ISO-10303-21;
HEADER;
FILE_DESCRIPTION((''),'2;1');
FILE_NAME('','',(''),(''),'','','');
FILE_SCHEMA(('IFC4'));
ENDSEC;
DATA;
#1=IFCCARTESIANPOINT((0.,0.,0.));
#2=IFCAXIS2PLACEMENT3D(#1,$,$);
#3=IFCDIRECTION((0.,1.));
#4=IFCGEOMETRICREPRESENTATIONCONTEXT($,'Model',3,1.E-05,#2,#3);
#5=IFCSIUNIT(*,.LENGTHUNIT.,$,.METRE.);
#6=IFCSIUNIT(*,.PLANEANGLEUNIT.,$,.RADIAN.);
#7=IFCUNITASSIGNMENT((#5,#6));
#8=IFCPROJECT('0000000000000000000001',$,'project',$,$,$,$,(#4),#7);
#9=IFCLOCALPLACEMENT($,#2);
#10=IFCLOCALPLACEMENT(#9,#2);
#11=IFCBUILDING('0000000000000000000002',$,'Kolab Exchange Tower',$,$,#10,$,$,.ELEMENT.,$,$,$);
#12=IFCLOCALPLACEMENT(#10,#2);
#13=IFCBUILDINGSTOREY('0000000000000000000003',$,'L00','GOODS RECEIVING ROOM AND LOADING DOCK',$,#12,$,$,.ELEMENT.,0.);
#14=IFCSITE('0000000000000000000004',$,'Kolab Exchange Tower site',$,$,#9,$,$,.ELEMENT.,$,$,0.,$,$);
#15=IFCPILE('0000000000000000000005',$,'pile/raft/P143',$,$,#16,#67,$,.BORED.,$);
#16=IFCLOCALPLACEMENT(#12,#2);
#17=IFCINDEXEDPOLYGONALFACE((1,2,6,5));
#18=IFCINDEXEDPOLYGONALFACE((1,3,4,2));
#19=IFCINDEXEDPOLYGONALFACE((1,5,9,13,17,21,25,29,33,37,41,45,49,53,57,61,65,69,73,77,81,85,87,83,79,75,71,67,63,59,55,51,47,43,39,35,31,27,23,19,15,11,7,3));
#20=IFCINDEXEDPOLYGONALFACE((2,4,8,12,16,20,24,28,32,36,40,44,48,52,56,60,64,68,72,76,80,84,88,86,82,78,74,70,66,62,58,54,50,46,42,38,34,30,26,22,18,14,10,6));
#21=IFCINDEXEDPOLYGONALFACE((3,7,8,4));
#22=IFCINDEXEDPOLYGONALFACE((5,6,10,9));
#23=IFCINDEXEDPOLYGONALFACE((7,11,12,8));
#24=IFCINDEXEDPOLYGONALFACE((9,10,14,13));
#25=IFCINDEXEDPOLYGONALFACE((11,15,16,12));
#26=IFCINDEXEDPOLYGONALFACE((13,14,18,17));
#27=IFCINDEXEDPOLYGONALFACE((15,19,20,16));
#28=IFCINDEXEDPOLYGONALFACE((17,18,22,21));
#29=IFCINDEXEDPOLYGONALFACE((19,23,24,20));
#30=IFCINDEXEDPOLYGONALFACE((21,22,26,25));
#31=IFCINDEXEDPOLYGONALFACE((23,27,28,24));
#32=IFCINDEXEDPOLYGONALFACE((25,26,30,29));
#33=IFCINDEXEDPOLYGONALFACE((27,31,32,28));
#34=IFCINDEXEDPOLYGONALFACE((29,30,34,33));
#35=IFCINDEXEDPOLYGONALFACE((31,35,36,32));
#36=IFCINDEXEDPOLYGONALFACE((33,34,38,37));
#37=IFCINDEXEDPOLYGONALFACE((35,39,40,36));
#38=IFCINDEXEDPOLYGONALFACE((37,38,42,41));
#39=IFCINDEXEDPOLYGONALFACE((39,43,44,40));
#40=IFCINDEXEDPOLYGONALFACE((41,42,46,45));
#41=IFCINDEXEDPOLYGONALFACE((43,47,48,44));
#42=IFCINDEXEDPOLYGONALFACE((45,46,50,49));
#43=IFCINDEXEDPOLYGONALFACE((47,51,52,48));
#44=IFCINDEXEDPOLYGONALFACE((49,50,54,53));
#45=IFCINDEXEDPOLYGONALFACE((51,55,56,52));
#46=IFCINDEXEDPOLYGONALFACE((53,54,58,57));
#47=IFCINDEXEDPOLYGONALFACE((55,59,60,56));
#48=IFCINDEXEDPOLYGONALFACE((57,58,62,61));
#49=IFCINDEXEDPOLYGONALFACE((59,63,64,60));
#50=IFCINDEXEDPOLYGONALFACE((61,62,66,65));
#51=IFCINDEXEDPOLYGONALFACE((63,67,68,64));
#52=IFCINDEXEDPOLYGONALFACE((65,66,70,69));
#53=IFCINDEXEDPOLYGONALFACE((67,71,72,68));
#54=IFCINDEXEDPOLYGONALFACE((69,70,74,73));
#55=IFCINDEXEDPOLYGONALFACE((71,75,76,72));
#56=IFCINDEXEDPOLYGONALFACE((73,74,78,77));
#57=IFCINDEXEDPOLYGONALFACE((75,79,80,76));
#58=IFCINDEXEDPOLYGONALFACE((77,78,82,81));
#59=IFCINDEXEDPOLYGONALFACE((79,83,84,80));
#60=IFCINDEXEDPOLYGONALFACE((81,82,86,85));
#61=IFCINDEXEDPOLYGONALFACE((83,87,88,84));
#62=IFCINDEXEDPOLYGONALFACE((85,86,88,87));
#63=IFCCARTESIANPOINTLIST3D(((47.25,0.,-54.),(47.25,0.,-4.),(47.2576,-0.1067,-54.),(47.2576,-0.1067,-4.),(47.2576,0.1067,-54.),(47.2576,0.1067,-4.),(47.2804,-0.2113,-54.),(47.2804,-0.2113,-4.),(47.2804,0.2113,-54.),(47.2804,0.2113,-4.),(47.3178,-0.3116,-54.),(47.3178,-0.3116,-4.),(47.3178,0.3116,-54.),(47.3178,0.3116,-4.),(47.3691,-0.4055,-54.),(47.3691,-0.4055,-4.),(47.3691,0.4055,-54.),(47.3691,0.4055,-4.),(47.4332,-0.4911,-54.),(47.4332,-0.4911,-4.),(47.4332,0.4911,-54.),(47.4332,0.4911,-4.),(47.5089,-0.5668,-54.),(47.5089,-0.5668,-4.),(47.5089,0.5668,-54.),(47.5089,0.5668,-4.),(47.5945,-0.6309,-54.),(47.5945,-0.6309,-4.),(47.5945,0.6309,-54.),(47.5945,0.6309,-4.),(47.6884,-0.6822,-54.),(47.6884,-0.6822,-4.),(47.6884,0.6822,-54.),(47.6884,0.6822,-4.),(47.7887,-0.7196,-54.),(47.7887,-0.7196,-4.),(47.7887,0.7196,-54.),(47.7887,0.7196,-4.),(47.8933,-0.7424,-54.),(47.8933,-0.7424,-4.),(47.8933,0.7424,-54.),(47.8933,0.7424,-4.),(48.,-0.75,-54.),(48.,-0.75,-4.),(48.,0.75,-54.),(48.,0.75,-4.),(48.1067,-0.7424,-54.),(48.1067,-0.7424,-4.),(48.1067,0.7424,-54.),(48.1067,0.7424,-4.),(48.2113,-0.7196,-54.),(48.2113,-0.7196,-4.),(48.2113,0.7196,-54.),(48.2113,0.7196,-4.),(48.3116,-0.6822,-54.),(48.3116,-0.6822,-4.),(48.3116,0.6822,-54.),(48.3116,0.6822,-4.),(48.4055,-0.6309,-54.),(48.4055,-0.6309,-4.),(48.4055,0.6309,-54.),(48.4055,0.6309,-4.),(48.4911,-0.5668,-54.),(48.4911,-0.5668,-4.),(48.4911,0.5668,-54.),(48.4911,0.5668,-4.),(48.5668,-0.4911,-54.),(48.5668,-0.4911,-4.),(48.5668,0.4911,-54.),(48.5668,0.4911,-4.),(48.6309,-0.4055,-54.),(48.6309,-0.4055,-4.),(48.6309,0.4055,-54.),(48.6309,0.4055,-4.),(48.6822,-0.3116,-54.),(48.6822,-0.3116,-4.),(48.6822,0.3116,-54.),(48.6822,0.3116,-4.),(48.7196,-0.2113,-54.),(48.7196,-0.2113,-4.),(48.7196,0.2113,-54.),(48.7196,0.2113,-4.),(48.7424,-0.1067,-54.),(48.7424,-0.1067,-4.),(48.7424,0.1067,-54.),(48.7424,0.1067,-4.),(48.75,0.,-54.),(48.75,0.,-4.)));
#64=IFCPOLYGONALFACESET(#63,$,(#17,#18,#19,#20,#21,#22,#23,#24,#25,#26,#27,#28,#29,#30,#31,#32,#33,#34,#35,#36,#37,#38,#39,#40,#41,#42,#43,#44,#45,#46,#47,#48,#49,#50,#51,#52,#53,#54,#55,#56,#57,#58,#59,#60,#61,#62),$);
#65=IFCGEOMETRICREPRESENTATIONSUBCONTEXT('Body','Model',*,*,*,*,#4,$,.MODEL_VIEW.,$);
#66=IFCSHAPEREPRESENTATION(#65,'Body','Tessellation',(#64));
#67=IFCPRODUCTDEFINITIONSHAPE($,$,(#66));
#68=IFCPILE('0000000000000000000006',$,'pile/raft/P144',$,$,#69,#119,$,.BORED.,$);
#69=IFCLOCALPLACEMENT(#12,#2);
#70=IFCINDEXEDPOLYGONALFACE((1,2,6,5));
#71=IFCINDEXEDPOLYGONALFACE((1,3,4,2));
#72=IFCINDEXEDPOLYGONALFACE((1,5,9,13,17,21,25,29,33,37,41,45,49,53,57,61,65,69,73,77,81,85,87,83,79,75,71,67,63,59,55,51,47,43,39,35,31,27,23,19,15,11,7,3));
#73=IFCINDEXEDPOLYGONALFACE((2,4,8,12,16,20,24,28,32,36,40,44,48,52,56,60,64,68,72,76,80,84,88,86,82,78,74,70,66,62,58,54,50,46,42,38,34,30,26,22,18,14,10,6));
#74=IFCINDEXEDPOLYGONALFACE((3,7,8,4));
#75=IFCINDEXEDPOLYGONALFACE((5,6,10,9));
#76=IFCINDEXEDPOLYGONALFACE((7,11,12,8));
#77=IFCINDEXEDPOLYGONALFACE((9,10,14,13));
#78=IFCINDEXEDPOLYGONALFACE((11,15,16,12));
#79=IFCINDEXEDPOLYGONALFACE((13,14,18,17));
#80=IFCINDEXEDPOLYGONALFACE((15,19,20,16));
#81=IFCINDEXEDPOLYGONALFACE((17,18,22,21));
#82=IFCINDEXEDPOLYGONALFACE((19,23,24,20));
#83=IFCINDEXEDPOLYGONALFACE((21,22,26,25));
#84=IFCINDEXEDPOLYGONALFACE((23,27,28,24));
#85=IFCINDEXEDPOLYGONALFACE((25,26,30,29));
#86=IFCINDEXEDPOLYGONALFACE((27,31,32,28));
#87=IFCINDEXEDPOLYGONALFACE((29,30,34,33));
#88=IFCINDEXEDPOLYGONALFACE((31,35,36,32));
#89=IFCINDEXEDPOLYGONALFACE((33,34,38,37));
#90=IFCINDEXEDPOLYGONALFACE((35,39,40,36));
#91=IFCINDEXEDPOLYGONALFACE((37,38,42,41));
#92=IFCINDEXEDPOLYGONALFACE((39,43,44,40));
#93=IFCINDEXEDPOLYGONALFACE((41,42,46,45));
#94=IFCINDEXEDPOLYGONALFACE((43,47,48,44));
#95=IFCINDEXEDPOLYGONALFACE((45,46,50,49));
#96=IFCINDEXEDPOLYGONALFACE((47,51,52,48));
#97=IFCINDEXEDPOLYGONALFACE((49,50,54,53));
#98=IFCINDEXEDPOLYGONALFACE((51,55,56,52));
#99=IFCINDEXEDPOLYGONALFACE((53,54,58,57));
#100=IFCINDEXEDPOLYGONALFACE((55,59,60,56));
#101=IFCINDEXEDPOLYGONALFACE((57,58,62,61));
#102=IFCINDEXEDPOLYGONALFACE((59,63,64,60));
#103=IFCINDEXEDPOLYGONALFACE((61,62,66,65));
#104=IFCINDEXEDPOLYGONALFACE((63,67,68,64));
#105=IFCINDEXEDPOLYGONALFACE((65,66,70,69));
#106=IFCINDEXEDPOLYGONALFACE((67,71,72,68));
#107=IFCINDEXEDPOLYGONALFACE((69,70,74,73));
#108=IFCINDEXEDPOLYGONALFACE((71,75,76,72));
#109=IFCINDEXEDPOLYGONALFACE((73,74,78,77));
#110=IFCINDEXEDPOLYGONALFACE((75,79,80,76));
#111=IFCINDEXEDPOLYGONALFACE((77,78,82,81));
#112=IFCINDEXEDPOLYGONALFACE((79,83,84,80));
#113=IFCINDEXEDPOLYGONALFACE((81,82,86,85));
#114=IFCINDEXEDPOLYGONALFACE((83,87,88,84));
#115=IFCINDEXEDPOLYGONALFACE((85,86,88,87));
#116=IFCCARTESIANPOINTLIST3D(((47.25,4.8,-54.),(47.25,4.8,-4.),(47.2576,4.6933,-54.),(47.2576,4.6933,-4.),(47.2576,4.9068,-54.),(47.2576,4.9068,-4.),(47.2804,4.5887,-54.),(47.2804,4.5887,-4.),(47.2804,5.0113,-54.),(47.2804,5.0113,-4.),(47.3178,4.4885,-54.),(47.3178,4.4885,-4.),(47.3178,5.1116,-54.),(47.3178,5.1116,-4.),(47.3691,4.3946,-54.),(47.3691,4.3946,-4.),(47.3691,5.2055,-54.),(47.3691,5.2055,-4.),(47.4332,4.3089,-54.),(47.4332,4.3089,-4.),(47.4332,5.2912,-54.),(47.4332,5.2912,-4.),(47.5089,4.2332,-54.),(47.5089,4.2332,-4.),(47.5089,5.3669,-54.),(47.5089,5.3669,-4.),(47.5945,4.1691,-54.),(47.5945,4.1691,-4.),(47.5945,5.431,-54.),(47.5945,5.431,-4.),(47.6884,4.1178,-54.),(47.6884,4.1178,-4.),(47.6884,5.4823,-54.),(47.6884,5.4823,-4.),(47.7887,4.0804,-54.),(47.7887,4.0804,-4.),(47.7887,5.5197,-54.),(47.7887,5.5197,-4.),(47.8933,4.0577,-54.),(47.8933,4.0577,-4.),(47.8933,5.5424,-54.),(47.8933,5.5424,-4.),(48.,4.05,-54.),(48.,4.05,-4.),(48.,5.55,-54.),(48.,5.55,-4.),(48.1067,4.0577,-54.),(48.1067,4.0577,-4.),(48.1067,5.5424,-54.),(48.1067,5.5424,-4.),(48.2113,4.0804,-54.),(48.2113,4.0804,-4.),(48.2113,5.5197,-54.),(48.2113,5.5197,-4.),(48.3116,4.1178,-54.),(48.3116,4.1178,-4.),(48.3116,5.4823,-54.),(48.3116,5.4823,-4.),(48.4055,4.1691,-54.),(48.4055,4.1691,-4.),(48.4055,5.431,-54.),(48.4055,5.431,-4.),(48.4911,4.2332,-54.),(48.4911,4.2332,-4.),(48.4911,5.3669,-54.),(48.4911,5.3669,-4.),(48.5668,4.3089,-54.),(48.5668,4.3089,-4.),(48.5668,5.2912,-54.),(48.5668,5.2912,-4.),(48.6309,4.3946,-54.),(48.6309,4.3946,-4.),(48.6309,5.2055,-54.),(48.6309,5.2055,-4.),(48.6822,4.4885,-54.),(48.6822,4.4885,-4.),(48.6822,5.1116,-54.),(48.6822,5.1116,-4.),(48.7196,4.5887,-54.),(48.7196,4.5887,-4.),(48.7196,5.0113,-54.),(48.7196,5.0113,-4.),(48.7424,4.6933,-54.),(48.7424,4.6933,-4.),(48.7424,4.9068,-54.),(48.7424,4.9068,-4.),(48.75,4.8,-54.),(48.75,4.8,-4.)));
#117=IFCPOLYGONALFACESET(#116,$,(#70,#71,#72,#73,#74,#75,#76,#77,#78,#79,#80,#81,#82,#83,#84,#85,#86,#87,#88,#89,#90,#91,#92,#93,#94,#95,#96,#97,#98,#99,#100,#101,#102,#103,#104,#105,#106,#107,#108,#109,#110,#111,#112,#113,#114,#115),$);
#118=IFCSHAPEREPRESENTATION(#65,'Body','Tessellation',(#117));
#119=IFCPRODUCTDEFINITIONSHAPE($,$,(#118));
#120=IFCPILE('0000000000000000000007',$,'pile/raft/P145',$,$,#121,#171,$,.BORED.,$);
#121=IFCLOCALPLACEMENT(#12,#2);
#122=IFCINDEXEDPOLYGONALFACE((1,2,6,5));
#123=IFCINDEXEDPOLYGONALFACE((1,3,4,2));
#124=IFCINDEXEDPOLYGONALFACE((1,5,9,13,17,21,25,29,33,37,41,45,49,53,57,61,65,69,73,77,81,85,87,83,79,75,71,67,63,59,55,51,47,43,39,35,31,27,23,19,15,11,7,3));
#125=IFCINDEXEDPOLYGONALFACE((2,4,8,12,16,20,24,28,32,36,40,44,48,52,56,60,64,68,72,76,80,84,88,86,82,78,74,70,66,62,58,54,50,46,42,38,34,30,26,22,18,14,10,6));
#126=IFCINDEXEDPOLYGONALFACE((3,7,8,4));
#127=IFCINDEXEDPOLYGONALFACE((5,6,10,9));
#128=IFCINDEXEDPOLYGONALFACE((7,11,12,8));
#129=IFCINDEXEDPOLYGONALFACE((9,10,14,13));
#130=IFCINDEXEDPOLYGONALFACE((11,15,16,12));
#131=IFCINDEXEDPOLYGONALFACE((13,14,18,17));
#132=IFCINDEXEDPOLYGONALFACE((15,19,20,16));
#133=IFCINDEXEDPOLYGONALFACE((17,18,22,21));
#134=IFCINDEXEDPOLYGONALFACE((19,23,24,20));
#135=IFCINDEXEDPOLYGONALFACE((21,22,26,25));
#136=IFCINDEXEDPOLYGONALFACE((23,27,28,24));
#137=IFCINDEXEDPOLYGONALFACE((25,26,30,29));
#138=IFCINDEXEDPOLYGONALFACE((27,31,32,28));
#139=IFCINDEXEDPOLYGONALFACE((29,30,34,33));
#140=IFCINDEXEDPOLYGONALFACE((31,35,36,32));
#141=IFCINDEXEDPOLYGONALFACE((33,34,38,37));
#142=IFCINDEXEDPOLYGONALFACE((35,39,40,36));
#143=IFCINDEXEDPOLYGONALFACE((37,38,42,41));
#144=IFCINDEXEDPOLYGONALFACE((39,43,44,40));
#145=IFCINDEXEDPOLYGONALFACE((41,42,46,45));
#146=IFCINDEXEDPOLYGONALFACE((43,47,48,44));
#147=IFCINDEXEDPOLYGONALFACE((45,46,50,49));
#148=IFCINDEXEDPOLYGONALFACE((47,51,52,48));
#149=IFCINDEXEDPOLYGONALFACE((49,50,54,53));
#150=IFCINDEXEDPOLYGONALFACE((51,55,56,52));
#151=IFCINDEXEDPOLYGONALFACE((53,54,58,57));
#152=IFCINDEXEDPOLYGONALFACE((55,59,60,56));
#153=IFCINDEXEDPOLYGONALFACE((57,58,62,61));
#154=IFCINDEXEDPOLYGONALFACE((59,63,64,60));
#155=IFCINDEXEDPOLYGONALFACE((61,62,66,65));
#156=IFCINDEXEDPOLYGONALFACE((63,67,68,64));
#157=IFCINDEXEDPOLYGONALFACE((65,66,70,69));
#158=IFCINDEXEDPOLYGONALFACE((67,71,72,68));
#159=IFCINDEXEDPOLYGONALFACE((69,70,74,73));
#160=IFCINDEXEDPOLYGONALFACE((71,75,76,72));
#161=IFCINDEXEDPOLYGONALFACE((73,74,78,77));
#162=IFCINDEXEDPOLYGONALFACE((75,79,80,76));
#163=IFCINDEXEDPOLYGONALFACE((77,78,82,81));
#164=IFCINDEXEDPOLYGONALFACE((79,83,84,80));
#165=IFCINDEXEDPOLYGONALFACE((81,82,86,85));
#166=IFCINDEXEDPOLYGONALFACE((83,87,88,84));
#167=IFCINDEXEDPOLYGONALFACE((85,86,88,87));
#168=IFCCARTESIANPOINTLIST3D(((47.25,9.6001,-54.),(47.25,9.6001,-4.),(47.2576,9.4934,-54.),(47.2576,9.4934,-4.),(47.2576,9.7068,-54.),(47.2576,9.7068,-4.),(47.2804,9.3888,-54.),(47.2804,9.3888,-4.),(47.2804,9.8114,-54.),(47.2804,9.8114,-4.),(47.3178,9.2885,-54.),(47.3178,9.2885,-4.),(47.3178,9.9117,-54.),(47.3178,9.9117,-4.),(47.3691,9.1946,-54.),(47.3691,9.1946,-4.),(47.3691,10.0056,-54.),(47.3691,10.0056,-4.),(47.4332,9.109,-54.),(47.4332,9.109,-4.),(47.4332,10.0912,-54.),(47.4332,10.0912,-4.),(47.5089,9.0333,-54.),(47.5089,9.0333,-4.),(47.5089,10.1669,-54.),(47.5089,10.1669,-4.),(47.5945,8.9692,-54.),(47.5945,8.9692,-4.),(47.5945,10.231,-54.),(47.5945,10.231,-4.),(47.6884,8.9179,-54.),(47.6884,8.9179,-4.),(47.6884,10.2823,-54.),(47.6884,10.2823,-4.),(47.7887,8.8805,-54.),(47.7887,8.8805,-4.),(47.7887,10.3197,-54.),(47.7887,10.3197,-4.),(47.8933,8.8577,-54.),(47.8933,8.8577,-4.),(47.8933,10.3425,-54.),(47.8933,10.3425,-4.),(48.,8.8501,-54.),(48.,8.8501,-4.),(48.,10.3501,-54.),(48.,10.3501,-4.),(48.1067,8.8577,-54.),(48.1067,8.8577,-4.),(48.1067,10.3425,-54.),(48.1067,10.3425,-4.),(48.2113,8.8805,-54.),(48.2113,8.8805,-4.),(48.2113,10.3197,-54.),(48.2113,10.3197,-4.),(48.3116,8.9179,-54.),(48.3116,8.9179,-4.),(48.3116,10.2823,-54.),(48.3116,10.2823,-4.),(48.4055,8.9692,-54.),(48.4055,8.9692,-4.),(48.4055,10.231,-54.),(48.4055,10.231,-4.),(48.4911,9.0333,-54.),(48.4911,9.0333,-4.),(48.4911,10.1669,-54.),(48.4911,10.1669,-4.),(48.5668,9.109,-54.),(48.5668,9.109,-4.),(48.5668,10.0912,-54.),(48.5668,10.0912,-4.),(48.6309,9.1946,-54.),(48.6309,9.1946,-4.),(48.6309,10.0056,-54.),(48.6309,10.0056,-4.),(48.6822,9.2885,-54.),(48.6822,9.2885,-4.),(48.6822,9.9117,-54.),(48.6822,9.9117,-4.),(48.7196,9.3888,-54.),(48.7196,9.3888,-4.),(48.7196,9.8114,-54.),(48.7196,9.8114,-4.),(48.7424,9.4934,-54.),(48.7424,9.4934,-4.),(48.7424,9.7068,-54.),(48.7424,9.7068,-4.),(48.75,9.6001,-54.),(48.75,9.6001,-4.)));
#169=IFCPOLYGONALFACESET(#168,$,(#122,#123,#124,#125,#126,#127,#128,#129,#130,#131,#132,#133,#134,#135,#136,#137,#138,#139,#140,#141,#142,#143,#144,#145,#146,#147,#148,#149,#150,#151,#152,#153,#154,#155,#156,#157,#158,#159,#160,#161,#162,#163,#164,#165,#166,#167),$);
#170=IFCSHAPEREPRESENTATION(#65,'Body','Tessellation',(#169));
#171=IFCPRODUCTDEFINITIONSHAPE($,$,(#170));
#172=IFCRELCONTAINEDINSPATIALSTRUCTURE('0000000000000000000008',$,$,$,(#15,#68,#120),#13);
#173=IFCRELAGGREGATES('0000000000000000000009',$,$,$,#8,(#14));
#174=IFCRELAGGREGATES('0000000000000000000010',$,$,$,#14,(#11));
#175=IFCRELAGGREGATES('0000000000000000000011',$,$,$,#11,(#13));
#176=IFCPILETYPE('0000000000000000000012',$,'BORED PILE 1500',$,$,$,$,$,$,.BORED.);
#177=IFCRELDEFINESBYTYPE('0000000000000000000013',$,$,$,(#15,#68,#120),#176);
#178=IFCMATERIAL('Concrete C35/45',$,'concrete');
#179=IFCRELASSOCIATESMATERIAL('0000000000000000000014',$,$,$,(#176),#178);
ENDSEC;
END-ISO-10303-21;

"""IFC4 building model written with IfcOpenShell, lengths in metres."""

from ifc_helpers import new_model, si_unit, direction, frame, origin, origin_2d, place, context, subcontext, project, spatial, circle, extrude, material, material_profile, profile_set, type_object, element, save


model = new_model("IFC4")

# Units and contexts
model_context = context("Model", 3, precision=1e-05, world=origin(), true_north=direction((0.0, 1.0)))
body_context = subcontext(model_context, "Body", "Model", "MODEL_VIEW")
ifc_project = project(units=[si_unit("LENGTHUNIT", "METRE"), si_unit("PLANEANGLEUNIT", "RADIAN")], contexts=[model_context])

# Site, building, storey
site_placement = place(None, origin())
site = spatial("IfcSite", under=ifc_project, at=site_placement, Name="Kolab Exchange Tower site", CompositionType="ELEMENT", RefElevation=0.0)
building_placement = place(site_placement, origin())
building = spatial("IfcBuilding", under=site, at=building_placement, Name="Kolab Exchange Tower", CompositionType="ELEMENT")
storey_placement = place(building_placement, origin())
storey = spatial("IfcBuildingStorey", under=building, at=storey_placement, Name="L00", Description="GOODS RECEIVING ROOM AND LOADING DOCK", CompositionType="ELEMENT", Elevation=0.0)

# Piles
ifc_material_1 = material(Name="Concrete C35/45", Category="concrete")
ifc_material_profile_1 = material_profile(ifc_material_1, circle(Radius=0.75, at=origin_2d()), Name="BP1500")
ifc_profile_set_1 = profile_set([ifc_material_profile_1], Name="Concrete C35/45")
pile_type = type_object("IfcPileType", Name="BORED PILE 1500", PredefinedType="BORED", material=ifc_profile_set_1)
for number, where, z_axis, x_axis, name in (
    (1, (48.0, 0.0, -4.0), (0.0, 0.0, -1.0), (1.0, 0.0, 0.0), "pile/raft/P143"),
    (2, (48.0, 4.8, -4.0), (0.0, 0.0, -1.0), (1.0, 0.0, 0.0), "pile/raft/P144"),
    (3, (48.0, 9.6001, -4.0), (0.0, 0.0, -1.0), (1.0, 0.0, 0.0), "pile/raft/P145"),
):
    element("IfcPile", number, at=place(storey_placement, frame(where, z_axis=z_axis, x_axis=x_axis)), inside=storey, type_object=pile_type, Name=name, PredefinedType="BORED", context=body_context, shape_type="SweptSolid", body=[
        extrude(circle(Radius=0.75, at=origin_2d()), origin(), (0.0, 0.0, 1.0), 50.0),
    ])

save(model, "model.ifc")
